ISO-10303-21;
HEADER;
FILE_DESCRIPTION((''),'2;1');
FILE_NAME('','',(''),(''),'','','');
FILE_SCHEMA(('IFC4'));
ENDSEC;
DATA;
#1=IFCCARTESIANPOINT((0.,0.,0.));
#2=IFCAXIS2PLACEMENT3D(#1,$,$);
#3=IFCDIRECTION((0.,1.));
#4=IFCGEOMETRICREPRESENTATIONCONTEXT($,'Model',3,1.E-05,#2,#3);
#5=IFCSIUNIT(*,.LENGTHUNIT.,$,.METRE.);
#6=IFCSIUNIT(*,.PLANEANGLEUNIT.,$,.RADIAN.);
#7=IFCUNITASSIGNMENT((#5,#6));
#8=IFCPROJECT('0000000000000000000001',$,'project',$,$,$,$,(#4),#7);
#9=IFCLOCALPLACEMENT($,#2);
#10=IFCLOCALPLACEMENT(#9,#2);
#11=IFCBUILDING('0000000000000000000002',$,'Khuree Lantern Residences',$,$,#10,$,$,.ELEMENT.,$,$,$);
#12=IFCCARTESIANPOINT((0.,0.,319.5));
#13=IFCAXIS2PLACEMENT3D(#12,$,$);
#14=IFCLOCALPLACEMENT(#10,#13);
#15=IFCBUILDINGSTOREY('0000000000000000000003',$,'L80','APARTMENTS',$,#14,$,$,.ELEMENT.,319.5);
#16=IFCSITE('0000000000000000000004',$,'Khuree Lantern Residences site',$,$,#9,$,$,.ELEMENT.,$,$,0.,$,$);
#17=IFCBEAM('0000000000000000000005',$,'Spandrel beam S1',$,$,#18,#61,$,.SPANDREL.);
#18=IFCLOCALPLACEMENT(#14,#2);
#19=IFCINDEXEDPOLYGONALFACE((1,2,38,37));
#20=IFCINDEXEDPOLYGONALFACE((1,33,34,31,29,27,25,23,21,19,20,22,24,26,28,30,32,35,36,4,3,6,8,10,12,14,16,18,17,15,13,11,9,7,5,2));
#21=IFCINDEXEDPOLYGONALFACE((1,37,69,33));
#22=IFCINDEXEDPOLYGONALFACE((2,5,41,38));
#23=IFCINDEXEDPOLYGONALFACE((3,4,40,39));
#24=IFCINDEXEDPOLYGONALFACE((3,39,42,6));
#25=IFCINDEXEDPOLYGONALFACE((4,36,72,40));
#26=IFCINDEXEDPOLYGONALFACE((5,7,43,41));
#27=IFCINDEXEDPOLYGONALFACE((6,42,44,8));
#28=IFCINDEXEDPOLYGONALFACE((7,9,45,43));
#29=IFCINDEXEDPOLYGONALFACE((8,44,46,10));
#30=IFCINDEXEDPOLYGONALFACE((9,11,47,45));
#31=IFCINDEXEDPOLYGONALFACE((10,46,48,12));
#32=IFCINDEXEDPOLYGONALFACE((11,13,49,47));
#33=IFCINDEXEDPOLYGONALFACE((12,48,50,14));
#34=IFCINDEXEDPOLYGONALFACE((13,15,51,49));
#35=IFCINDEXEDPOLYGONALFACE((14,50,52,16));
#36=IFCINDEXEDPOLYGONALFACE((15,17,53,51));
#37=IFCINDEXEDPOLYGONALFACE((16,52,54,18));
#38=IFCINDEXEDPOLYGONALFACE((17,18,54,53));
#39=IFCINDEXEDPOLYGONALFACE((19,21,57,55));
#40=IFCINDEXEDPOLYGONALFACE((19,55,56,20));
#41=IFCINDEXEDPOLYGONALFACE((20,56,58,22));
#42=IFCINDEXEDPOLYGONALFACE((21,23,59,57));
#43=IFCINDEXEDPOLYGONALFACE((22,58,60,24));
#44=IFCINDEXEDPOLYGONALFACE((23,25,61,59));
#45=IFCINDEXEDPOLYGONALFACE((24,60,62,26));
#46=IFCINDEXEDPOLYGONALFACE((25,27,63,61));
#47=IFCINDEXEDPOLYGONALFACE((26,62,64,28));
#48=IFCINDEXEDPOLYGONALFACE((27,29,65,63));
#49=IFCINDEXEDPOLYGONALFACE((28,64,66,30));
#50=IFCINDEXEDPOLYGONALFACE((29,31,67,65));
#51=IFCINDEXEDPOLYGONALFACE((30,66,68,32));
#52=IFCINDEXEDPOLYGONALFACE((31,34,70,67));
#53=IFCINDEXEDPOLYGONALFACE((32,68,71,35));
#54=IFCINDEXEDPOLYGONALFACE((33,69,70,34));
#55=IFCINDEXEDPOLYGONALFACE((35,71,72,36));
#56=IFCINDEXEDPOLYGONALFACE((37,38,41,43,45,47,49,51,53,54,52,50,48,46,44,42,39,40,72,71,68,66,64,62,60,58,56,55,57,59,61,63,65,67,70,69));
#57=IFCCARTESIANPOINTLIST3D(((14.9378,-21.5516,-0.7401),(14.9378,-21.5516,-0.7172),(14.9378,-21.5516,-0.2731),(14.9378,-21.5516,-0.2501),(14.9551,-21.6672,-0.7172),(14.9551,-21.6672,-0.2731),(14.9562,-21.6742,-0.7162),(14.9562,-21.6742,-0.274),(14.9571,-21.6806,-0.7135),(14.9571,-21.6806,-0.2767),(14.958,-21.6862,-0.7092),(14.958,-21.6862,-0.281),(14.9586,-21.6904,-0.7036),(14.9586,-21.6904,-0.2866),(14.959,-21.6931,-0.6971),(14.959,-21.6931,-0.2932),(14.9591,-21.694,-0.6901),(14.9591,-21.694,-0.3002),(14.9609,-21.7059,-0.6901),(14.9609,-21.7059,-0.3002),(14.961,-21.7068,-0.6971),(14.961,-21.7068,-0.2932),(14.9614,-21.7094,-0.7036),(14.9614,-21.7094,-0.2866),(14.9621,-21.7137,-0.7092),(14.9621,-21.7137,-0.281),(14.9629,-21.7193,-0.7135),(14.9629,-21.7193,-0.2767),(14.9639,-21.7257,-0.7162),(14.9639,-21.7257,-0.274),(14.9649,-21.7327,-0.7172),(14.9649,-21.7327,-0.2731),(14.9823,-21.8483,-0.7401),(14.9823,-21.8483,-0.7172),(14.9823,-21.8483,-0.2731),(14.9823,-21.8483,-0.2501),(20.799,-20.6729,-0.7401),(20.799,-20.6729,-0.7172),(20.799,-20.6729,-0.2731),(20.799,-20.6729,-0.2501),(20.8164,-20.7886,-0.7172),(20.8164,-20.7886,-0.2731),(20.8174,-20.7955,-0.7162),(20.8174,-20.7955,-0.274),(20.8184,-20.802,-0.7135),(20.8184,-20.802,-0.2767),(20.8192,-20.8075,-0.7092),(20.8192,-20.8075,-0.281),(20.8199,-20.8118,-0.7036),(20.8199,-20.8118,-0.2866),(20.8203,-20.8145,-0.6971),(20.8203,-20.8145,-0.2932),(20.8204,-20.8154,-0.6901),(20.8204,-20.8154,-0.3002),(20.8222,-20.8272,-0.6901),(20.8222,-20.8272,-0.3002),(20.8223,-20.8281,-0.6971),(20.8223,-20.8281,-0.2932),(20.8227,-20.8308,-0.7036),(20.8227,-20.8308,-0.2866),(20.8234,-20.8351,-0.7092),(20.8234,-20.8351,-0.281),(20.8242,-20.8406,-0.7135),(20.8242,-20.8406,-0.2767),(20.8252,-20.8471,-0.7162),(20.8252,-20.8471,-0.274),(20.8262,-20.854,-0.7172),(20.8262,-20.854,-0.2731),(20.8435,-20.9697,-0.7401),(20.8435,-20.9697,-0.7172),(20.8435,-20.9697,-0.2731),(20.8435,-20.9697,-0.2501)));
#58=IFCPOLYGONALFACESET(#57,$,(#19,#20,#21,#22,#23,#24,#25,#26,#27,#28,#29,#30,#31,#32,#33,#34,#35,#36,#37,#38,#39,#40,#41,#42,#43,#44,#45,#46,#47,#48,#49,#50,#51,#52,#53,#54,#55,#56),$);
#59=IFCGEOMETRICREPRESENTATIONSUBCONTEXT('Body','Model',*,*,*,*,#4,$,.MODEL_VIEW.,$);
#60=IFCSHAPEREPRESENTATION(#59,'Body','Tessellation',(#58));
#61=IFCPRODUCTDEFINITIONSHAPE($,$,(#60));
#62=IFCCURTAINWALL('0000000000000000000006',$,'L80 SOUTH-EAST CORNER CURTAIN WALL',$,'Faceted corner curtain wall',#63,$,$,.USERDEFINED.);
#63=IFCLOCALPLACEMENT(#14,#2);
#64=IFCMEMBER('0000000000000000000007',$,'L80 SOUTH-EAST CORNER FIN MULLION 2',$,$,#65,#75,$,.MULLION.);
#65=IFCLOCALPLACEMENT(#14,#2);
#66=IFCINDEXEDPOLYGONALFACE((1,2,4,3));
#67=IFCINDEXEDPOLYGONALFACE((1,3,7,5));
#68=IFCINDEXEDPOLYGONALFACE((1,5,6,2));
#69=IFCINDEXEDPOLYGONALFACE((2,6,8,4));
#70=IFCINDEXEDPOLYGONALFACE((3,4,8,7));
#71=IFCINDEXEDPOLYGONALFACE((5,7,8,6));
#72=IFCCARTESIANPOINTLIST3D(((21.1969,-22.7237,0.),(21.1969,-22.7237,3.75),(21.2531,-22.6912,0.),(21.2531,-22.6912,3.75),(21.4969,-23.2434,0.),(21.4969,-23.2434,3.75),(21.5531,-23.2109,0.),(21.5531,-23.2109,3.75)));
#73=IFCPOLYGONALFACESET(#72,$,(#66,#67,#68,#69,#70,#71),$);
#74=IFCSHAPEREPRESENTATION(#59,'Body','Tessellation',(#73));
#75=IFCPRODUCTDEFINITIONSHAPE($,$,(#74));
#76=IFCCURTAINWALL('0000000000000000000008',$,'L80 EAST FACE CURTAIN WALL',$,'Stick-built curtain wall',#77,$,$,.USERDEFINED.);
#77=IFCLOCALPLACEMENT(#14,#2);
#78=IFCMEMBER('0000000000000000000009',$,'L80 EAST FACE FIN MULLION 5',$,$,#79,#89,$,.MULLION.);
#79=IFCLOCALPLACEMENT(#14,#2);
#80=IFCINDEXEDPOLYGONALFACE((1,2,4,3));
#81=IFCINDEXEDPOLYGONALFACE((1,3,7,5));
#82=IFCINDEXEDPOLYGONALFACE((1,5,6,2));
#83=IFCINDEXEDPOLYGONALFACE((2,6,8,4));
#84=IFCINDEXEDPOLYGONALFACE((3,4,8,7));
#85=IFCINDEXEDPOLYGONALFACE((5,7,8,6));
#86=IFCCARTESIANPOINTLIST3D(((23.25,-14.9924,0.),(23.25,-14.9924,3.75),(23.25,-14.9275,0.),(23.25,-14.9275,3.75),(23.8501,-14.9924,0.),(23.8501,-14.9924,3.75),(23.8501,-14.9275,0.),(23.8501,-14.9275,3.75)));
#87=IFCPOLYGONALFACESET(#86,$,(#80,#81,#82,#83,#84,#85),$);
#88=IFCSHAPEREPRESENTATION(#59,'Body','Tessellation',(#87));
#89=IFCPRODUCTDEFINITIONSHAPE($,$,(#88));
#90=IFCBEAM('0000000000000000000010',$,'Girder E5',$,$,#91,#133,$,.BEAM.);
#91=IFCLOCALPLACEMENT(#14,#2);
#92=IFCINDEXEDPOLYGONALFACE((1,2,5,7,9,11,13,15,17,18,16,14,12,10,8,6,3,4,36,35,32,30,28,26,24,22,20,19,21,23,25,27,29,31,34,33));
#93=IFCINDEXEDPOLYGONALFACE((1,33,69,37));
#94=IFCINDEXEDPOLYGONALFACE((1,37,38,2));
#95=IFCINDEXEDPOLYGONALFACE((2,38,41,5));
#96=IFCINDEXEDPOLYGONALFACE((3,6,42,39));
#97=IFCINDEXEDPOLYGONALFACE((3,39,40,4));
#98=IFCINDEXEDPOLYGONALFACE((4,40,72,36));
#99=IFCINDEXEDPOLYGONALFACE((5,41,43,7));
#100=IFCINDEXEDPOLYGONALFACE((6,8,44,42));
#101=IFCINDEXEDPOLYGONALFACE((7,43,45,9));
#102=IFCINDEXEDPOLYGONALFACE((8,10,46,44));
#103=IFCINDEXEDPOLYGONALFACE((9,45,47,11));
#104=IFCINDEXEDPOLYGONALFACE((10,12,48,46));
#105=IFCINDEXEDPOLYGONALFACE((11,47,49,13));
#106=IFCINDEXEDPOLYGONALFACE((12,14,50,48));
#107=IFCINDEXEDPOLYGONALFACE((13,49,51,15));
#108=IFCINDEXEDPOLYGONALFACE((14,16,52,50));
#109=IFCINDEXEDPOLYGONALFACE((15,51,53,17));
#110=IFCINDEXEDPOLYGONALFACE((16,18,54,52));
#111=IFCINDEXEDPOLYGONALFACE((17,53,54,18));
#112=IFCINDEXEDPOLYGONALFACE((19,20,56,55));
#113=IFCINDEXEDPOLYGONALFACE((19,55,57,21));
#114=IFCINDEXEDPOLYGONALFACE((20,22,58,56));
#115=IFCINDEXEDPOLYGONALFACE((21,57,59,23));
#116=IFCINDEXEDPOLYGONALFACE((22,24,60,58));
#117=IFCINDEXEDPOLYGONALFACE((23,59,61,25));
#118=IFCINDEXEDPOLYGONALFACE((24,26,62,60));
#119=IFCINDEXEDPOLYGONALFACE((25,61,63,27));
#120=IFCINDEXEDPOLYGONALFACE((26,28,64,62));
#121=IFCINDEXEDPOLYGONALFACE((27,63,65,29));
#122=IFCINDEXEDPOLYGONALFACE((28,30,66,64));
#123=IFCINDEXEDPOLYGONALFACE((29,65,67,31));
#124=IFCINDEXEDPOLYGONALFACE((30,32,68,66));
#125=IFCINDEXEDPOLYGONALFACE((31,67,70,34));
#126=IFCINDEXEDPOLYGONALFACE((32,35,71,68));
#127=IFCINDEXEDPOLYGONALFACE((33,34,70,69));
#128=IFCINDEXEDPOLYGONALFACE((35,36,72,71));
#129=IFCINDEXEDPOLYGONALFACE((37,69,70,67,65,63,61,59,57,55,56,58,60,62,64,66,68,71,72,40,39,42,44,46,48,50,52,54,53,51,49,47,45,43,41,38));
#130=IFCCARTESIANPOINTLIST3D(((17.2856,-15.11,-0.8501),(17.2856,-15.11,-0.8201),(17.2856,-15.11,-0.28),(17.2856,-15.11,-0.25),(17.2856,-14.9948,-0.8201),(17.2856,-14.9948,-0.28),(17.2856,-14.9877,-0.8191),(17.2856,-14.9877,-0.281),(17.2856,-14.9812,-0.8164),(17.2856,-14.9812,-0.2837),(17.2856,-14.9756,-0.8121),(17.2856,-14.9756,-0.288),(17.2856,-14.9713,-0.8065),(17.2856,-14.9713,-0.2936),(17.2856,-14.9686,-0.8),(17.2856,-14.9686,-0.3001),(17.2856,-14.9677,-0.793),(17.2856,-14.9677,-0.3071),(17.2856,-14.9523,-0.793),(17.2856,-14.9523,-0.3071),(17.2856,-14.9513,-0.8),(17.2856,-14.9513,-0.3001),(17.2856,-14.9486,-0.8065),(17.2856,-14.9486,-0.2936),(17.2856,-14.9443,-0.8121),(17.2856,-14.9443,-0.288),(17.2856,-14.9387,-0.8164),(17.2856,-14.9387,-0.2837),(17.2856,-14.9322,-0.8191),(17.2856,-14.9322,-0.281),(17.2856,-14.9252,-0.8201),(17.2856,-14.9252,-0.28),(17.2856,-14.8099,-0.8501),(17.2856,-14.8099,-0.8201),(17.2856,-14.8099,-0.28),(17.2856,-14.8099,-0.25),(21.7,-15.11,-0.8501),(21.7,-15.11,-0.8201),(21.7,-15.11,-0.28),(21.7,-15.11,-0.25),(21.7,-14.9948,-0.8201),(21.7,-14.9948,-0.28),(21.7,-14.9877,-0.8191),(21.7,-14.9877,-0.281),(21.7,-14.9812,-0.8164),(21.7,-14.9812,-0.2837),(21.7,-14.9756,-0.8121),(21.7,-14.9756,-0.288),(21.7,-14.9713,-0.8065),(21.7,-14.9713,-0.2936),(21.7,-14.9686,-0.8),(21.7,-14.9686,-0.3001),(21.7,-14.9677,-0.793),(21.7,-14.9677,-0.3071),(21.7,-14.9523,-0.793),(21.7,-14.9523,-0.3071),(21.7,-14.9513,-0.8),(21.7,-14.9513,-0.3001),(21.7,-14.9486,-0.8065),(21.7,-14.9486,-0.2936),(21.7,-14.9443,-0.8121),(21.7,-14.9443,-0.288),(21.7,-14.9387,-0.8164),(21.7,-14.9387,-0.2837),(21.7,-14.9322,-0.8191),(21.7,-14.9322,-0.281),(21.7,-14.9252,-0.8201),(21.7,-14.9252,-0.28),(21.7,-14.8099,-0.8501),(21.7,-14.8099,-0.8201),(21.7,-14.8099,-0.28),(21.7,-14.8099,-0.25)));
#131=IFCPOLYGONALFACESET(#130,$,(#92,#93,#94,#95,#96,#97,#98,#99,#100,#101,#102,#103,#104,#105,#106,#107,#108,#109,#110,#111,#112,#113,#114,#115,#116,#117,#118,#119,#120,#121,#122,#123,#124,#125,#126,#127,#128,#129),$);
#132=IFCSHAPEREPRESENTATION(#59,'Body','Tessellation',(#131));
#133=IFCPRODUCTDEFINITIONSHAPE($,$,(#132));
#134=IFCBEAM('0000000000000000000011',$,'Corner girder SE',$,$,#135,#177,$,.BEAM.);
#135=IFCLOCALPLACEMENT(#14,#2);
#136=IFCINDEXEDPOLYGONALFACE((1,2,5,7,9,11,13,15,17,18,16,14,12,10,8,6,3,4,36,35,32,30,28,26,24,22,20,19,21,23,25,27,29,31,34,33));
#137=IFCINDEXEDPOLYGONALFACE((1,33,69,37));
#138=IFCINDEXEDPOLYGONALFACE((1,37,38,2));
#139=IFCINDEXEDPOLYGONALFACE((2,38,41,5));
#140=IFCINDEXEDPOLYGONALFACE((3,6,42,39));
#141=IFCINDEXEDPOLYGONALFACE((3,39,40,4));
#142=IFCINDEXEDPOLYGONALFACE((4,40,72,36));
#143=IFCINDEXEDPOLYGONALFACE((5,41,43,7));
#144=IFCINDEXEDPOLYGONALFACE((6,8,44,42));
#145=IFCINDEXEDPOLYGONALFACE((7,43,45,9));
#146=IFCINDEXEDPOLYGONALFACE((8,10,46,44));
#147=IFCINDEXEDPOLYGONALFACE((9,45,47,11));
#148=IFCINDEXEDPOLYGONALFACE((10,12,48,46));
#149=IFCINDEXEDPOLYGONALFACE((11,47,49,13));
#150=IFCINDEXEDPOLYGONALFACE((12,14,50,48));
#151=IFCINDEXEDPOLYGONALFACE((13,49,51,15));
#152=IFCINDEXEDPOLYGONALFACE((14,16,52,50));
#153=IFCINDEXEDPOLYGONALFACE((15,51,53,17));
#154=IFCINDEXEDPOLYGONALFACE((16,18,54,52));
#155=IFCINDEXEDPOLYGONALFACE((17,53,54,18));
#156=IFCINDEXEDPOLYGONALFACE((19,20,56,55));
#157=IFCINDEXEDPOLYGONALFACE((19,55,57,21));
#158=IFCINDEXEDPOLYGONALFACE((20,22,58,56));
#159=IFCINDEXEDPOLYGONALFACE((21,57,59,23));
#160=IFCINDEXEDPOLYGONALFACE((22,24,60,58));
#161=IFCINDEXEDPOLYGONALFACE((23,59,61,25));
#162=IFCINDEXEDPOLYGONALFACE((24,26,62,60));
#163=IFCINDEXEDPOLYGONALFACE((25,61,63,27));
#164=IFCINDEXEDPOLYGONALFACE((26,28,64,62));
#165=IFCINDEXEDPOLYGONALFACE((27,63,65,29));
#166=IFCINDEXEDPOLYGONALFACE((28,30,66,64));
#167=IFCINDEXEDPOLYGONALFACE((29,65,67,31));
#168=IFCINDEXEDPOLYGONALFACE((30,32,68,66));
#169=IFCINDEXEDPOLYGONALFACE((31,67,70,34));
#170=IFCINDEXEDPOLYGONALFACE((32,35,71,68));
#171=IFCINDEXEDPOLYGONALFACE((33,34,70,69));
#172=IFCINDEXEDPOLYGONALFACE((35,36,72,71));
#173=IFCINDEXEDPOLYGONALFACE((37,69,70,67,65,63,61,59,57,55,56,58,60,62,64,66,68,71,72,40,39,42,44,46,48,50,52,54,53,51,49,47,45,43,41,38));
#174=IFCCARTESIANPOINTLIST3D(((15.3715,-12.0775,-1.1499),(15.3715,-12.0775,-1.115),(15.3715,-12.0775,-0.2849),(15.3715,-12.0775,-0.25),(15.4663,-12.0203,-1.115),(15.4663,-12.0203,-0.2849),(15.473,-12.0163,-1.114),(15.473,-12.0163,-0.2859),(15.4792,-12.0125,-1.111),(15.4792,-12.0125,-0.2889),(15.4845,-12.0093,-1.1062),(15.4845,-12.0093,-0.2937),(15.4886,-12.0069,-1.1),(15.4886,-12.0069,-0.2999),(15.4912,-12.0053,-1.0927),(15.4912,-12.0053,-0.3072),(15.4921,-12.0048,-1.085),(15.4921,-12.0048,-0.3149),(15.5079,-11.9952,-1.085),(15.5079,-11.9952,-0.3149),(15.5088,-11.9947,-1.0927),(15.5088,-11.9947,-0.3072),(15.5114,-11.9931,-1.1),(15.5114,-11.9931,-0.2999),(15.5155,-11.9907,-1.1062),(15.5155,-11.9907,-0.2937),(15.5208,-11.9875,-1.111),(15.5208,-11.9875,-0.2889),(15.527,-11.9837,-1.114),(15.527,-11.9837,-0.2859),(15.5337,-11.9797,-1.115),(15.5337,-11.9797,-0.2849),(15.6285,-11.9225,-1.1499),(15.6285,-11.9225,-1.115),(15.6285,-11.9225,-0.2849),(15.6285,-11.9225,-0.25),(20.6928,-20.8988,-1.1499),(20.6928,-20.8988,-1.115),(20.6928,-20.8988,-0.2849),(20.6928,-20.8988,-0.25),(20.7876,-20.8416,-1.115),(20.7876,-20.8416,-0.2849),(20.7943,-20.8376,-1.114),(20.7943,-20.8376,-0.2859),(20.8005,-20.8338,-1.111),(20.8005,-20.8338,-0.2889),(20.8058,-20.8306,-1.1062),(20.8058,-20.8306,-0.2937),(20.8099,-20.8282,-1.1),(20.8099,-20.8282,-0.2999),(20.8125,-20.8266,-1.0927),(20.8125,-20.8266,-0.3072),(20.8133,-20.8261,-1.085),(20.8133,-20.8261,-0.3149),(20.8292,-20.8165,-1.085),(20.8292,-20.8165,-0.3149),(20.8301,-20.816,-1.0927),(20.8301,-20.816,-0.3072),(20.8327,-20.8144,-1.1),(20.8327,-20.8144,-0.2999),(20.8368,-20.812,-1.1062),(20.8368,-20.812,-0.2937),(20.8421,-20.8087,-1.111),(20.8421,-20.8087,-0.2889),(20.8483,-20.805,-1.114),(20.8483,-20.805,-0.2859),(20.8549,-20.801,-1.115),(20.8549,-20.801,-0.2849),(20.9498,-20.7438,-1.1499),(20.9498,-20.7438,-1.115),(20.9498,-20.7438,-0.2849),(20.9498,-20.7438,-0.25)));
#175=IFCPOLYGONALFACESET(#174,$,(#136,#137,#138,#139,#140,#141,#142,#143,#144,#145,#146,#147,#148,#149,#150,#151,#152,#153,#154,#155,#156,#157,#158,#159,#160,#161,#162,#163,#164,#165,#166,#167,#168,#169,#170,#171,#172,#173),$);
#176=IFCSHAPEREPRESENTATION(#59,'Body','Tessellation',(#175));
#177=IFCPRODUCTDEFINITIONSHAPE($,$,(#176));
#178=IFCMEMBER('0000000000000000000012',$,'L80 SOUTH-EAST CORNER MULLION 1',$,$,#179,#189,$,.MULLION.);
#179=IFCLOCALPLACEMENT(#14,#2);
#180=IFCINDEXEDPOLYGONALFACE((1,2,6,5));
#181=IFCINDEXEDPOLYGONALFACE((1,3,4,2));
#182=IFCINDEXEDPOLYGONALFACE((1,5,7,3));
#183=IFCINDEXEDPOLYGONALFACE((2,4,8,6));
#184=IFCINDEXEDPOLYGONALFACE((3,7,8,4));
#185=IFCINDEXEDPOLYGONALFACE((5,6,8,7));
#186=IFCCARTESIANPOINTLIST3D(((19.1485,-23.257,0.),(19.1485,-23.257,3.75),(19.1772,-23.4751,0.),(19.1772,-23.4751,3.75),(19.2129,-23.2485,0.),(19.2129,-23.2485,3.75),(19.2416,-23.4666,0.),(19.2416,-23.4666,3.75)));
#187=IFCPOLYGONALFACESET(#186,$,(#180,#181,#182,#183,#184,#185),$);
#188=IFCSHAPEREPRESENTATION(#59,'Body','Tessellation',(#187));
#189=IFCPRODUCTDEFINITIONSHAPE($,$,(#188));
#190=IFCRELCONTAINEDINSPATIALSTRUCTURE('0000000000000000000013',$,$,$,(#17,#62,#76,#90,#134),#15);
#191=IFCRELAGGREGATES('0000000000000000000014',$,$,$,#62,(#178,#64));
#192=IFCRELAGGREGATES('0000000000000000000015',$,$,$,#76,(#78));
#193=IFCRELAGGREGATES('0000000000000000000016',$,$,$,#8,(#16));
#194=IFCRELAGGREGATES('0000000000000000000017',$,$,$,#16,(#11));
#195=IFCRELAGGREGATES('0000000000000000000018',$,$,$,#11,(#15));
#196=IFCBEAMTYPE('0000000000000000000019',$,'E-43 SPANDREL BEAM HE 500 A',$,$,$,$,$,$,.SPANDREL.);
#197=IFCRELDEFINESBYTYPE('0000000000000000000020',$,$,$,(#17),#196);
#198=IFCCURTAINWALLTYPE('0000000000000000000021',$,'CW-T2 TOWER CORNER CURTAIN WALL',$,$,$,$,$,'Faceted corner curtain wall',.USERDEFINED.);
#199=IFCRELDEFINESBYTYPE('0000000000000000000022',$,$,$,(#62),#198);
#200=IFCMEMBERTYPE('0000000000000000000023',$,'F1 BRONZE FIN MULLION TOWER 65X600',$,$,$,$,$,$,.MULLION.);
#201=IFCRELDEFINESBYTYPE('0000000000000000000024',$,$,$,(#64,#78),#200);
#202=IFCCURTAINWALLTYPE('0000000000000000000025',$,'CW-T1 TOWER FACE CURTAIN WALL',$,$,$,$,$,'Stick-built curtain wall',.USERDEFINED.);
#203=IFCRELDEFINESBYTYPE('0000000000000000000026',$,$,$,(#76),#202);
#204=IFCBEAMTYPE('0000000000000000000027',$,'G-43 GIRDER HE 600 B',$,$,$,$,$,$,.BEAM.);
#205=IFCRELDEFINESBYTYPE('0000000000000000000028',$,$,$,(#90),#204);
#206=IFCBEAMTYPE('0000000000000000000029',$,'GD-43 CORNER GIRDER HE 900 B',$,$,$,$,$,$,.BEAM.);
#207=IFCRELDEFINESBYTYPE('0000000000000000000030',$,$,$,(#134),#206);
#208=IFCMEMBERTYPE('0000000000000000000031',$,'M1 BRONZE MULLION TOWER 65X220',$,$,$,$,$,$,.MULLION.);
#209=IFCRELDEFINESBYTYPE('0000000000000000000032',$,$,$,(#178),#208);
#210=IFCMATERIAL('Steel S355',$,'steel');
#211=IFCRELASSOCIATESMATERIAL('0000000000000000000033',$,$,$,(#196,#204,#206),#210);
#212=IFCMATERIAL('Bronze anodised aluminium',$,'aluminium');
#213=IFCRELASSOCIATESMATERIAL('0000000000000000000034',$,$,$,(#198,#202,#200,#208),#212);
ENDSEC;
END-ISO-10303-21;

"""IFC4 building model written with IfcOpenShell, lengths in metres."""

from ifc_helpers import new_model, si_unit, direction, frame, origin, origin_2d, place, context, subcontext, project, spatial, rectangle, i_section, extrude, material, material_profile, profile_set, type_object, element, aggregate, save


model = new_model("IFC4")

# Units and contexts
model_context = context("Model", 3, precision=1e-05, world=origin(), true_north=direction((0.0, 1.0)))
body_context = subcontext(model_context, "Body", "Model", "MODEL_VIEW")
ifc_project = project(units=[si_unit("LENGTHUNIT", "METRE"), si_unit("PLANEANGLEUNIT", "RADIAN")], contexts=[model_context])

# Site, building, storey
site_placement = place(None, origin())
site = spatial("IfcSite", under=ifc_project, at=site_placement, Name="Khuree Lantern Residences site", CompositionType="ELEMENT", RefElevation=0.0)
building_placement = place(site_placement, origin())
building = spatial("IfcBuilding", under=site, at=building_placement, Name="Khuree Lantern Residences", CompositionType="ELEMENT")
storey_placement = place(building_placement, frame((0.0, 0.0, 319.5)))
storey = spatial("IfcBuildingStorey", under=building, at=storey_placement, Name="L80", Description="APARTMENTS", CompositionType="ELEMENT", Elevation=319.5)

# Beam
ifc_material_1 = material(Name="Steel S355", Category="steel")
ifc_material_profile_1 = material_profile(ifc_material_1, i_section(OverallWidth=0.3, OverallDepth=0.49, WebThickness=0.012, FlangeThickness=0.0229, FilletRadius=0.0271, at=origin_2d()), Name="HE 500 A")
ifc_profile_set_1 = profile_set([ifc_material_profile_1], Name="Steel S355")
beam_type_1 = type_object("IfcBeamType", Name="E-43 SPANDREL BEAM HE 500 A", PredefinedType="SPANDREL", material=ifc_profile_set_1)
for number, where, z_axis, x_axis, name in (
    (1, (20.8213, -20.8213, -0.4951), (-0.98895, -0.148252, 0.0), (0.148252, -0.98895, 0.0), "Spandrel beam S1"),
):
    element("IfcBeam", number, at=place(storey_placement, frame(where, z_axis=z_axis, x_axis=x_axis)), inside=storey, type_object=beam_type_1, Name=name, PredefinedType="SPANDREL", context=body_context, shape_type="SweptSolid", body=[
        extrude(i_section(OverallWidth=0.3, OverallDepth=0.49, WebThickness=0.012, FlangeThickness=0.0229, FilletRadius=0.0271, at=origin_2d()), origin(), (0.0, 0.0, 1.0), 5.9268),
    ])

# Curtain walls, members
ifc_material_2 = material(Name="Bronze anodised aluminium", Category="aluminium")
curtain_wall_type_1 = type_object("IfcCurtainWallType", Name="CW-T2 TOWER CORNER CURTAIN WALL", ElementType="Faceted corner curtain wall", PredefinedType="USERDEFINED", material=ifc_material_2)
curtain_wall_1_placement = place(storey_placement, origin())
curtain_wall_1 = element("IfcCurtainWall", 2, at=curtain_wall_1_placement, inside=storey, type_object=curtain_wall_type_1, Name="L80 SOUTH-EAST CORNER CURTAIN WALL", ObjectType="Faceted corner curtain wall", PredefinedType="USERDEFINED")
ifc_material_profile_2 = material_profile(ifc_material_2, rectangle(XDim=0.0649, YDim=0.6001, at=origin_2d()), Name="F1 65X600")
ifc_profile_set_2 = profile_set([ifc_material_profile_2], Name="Bronze anodised aluminium")
member_type_1 = type_object("IfcMemberType", Name="F1 BRONZE FIN MULLION TOWER 65X600", PredefinedType="MULLION", material=ifc_profile_set_2)
member_1_placement = place(storey_placement, frame((21.375, -22.9673, 0.0), z_axis=(0.0, 0.0, 1.0), x_axis=(0.866025, 0.5, 0.0)))
member_1 = element("IfcMember", 3, at=member_1_placement, type_object=member_type_1, Name="L80 SOUTH-EAST CORNER FIN MULLION 2", PredefinedType="MULLION", context=body_context, shape_type="SweptSolid", body=[
    extrude(rectangle(XDim=0.0649, YDim=0.6001, at=origin_2d()), origin(), (0.0, 0.0, 1.0), 3.75),
])
curtain_wall_type_2 = type_object("IfcCurtainWallType", Name="CW-T1 TOWER FACE CURTAIN WALL", ElementType="Stick-built curtain wall", PredefinedType="USERDEFINED", material=ifc_material_2)
curtain_wall_2_placement = place(storey_placement, origin())
curtain_wall_2 = element("IfcCurtainWall", 4, at=curtain_wall_2_placement, inside=storey, type_object=curtain_wall_type_2, Name="L80 EAST FACE CURTAIN WALL", ObjectType="Stick-built curtain wall", PredefinedType="USERDEFINED")
member_2_placement = place(storey_placement, frame((23.55, -14.96, 0.0), z_axis=(0.0, 0.0, 1.0), x_axis=(0.0, 1.0, 0.0)))
member_2 = element("IfcMember", 5, at=member_2_placement, type_object=member_type_1, Name="L80 EAST FACE FIN MULLION 5", PredefinedType="MULLION", context=body_context, shape_type="SweptSolid", body=[
    extrude(rectangle(XDim=0.0649, YDim=0.6001, at=origin_2d()), origin(), (0.0, 0.0, 1.0), 3.75),
])

# Beams
ifc_material_profile_3 = material_profile(ifc_material_1, i_section(OverallWidth=0.3, OverallDepth=0.6001, WebThickness=0.0154, FlangeThickness=0.03, FilletRadius=0.0271, at=origin_2d()), Name="HE 600 B")
ifc_profile_set_3 = profile_set([ifc_material_profile_3], Name="Steel S355")
beam_type_2 = type_object("IfcBeamType", Name="G-43 GIRDER HE 600 B", PredefinedType="BEAM", material=ifc_profile_set_3)
beam_1_placement = place(storey_placement, frame((21.7, -14.96, -0.55), z_axis=(-1.0, 0.0, 0.0), x_axis=(0.0, -1.0, 0.0)))
element("IfcBeam", 6, at=beam_1_placement, inside=storey, type_object=beam_type_2, Name="Girder E5", PredefinedType="BEAM", context=body_context, shape_type="SweptSolid", body=[
    extrude(i_section(OverallWidth=0.3, OverallDepth=0.6001, WebThickness=0.0154, FlangeThickness=0.03, FilletRadius=0.0271, at=origin_2d()), origin(), (0.0, 0.0, 1.0), 4.4143),
])
ifc_material_profile_4 = material_profile(ifc_material_1, i_section(OverallWidth=0.3, OverallDepth=0.8999, WebThickness=0.0186, FlangeThickness=0.0349, FilletRadius=0.03, at=origin_2d()), Name="HE 900 B")
ifc_profile_set_4 = profile_set([ifc_material_profile_4], Name="Steel S355")
beam_type_3 = type_object("IfcBeamType", Name="GD-43 CORNER GIRDER HE 900 B", PredefinedType="BEAM", material=ifc_profile_set_4)
beam_2_placement = place(storey_placement, frame((20.8213, -20.8213, -0.7), z_axis=(-0.51653, 0.856269, 0.0), x_axis=(-0.856269, -0.51653, 0.0)))
element("IfcBeam", 7, at=beam_2_placement, inside=storey, type_object=beam_type_3, Name="Corner girder SE", PredefinedType="BEAM", context=body_context, shape_type="SweptSolid", body=[
    extrude(i_section(OverallWidth=0.3, OverallDepth=0.8999, WebThickness=0.0186, FlangeThickness=0.0349, FilletRadius=0.03, at=origin_2d()), origin(), (0.0, 0.0, 1.0), 10.302),
])

# Member
ifc_material_profile_5 = material_profile(ifc_material_2, rectangle(XDim=0.0649, YDim=0.22, at=origin_2d()), Name="M1 65X220")
ifc_profile_set_5 = profile_set([ifc_material_profile_5], Name="Bronze anodised aluminium")
member_type_2 = type_object("IfcMemberType", Name="M1 BRONZE MULLION TOWER 65X220", PredefinedType="MULLION", material=ifc_profile_set_5)
member_3_placement = place(storey_placement, frame((19.1951, -23.3618, 0.0), z_axis=(0.0, 0.0, 1.0), x_axis=(0.991445, 0.130526, 0.0)))
member_3 = element("IfcMember", 8, at=member_3_placement, type_object=member_type_2, Name="L80 SOUTH-EAST CORNER MULLION 1", PredefinedType="MULLION", context=body_context, shape_type="SweptSolid", body=[
    extrude(rectangle(XDim=0.0649, YDim=0.22, at=origin_2d()), origin(), (0.0, 0.0, 1.0), 3.75),
])

aggregate(curtain_wall_1, [member_3, member_1])

aggregate(curtain_wall_2, [member_2])

save(model, "model.ifc")
